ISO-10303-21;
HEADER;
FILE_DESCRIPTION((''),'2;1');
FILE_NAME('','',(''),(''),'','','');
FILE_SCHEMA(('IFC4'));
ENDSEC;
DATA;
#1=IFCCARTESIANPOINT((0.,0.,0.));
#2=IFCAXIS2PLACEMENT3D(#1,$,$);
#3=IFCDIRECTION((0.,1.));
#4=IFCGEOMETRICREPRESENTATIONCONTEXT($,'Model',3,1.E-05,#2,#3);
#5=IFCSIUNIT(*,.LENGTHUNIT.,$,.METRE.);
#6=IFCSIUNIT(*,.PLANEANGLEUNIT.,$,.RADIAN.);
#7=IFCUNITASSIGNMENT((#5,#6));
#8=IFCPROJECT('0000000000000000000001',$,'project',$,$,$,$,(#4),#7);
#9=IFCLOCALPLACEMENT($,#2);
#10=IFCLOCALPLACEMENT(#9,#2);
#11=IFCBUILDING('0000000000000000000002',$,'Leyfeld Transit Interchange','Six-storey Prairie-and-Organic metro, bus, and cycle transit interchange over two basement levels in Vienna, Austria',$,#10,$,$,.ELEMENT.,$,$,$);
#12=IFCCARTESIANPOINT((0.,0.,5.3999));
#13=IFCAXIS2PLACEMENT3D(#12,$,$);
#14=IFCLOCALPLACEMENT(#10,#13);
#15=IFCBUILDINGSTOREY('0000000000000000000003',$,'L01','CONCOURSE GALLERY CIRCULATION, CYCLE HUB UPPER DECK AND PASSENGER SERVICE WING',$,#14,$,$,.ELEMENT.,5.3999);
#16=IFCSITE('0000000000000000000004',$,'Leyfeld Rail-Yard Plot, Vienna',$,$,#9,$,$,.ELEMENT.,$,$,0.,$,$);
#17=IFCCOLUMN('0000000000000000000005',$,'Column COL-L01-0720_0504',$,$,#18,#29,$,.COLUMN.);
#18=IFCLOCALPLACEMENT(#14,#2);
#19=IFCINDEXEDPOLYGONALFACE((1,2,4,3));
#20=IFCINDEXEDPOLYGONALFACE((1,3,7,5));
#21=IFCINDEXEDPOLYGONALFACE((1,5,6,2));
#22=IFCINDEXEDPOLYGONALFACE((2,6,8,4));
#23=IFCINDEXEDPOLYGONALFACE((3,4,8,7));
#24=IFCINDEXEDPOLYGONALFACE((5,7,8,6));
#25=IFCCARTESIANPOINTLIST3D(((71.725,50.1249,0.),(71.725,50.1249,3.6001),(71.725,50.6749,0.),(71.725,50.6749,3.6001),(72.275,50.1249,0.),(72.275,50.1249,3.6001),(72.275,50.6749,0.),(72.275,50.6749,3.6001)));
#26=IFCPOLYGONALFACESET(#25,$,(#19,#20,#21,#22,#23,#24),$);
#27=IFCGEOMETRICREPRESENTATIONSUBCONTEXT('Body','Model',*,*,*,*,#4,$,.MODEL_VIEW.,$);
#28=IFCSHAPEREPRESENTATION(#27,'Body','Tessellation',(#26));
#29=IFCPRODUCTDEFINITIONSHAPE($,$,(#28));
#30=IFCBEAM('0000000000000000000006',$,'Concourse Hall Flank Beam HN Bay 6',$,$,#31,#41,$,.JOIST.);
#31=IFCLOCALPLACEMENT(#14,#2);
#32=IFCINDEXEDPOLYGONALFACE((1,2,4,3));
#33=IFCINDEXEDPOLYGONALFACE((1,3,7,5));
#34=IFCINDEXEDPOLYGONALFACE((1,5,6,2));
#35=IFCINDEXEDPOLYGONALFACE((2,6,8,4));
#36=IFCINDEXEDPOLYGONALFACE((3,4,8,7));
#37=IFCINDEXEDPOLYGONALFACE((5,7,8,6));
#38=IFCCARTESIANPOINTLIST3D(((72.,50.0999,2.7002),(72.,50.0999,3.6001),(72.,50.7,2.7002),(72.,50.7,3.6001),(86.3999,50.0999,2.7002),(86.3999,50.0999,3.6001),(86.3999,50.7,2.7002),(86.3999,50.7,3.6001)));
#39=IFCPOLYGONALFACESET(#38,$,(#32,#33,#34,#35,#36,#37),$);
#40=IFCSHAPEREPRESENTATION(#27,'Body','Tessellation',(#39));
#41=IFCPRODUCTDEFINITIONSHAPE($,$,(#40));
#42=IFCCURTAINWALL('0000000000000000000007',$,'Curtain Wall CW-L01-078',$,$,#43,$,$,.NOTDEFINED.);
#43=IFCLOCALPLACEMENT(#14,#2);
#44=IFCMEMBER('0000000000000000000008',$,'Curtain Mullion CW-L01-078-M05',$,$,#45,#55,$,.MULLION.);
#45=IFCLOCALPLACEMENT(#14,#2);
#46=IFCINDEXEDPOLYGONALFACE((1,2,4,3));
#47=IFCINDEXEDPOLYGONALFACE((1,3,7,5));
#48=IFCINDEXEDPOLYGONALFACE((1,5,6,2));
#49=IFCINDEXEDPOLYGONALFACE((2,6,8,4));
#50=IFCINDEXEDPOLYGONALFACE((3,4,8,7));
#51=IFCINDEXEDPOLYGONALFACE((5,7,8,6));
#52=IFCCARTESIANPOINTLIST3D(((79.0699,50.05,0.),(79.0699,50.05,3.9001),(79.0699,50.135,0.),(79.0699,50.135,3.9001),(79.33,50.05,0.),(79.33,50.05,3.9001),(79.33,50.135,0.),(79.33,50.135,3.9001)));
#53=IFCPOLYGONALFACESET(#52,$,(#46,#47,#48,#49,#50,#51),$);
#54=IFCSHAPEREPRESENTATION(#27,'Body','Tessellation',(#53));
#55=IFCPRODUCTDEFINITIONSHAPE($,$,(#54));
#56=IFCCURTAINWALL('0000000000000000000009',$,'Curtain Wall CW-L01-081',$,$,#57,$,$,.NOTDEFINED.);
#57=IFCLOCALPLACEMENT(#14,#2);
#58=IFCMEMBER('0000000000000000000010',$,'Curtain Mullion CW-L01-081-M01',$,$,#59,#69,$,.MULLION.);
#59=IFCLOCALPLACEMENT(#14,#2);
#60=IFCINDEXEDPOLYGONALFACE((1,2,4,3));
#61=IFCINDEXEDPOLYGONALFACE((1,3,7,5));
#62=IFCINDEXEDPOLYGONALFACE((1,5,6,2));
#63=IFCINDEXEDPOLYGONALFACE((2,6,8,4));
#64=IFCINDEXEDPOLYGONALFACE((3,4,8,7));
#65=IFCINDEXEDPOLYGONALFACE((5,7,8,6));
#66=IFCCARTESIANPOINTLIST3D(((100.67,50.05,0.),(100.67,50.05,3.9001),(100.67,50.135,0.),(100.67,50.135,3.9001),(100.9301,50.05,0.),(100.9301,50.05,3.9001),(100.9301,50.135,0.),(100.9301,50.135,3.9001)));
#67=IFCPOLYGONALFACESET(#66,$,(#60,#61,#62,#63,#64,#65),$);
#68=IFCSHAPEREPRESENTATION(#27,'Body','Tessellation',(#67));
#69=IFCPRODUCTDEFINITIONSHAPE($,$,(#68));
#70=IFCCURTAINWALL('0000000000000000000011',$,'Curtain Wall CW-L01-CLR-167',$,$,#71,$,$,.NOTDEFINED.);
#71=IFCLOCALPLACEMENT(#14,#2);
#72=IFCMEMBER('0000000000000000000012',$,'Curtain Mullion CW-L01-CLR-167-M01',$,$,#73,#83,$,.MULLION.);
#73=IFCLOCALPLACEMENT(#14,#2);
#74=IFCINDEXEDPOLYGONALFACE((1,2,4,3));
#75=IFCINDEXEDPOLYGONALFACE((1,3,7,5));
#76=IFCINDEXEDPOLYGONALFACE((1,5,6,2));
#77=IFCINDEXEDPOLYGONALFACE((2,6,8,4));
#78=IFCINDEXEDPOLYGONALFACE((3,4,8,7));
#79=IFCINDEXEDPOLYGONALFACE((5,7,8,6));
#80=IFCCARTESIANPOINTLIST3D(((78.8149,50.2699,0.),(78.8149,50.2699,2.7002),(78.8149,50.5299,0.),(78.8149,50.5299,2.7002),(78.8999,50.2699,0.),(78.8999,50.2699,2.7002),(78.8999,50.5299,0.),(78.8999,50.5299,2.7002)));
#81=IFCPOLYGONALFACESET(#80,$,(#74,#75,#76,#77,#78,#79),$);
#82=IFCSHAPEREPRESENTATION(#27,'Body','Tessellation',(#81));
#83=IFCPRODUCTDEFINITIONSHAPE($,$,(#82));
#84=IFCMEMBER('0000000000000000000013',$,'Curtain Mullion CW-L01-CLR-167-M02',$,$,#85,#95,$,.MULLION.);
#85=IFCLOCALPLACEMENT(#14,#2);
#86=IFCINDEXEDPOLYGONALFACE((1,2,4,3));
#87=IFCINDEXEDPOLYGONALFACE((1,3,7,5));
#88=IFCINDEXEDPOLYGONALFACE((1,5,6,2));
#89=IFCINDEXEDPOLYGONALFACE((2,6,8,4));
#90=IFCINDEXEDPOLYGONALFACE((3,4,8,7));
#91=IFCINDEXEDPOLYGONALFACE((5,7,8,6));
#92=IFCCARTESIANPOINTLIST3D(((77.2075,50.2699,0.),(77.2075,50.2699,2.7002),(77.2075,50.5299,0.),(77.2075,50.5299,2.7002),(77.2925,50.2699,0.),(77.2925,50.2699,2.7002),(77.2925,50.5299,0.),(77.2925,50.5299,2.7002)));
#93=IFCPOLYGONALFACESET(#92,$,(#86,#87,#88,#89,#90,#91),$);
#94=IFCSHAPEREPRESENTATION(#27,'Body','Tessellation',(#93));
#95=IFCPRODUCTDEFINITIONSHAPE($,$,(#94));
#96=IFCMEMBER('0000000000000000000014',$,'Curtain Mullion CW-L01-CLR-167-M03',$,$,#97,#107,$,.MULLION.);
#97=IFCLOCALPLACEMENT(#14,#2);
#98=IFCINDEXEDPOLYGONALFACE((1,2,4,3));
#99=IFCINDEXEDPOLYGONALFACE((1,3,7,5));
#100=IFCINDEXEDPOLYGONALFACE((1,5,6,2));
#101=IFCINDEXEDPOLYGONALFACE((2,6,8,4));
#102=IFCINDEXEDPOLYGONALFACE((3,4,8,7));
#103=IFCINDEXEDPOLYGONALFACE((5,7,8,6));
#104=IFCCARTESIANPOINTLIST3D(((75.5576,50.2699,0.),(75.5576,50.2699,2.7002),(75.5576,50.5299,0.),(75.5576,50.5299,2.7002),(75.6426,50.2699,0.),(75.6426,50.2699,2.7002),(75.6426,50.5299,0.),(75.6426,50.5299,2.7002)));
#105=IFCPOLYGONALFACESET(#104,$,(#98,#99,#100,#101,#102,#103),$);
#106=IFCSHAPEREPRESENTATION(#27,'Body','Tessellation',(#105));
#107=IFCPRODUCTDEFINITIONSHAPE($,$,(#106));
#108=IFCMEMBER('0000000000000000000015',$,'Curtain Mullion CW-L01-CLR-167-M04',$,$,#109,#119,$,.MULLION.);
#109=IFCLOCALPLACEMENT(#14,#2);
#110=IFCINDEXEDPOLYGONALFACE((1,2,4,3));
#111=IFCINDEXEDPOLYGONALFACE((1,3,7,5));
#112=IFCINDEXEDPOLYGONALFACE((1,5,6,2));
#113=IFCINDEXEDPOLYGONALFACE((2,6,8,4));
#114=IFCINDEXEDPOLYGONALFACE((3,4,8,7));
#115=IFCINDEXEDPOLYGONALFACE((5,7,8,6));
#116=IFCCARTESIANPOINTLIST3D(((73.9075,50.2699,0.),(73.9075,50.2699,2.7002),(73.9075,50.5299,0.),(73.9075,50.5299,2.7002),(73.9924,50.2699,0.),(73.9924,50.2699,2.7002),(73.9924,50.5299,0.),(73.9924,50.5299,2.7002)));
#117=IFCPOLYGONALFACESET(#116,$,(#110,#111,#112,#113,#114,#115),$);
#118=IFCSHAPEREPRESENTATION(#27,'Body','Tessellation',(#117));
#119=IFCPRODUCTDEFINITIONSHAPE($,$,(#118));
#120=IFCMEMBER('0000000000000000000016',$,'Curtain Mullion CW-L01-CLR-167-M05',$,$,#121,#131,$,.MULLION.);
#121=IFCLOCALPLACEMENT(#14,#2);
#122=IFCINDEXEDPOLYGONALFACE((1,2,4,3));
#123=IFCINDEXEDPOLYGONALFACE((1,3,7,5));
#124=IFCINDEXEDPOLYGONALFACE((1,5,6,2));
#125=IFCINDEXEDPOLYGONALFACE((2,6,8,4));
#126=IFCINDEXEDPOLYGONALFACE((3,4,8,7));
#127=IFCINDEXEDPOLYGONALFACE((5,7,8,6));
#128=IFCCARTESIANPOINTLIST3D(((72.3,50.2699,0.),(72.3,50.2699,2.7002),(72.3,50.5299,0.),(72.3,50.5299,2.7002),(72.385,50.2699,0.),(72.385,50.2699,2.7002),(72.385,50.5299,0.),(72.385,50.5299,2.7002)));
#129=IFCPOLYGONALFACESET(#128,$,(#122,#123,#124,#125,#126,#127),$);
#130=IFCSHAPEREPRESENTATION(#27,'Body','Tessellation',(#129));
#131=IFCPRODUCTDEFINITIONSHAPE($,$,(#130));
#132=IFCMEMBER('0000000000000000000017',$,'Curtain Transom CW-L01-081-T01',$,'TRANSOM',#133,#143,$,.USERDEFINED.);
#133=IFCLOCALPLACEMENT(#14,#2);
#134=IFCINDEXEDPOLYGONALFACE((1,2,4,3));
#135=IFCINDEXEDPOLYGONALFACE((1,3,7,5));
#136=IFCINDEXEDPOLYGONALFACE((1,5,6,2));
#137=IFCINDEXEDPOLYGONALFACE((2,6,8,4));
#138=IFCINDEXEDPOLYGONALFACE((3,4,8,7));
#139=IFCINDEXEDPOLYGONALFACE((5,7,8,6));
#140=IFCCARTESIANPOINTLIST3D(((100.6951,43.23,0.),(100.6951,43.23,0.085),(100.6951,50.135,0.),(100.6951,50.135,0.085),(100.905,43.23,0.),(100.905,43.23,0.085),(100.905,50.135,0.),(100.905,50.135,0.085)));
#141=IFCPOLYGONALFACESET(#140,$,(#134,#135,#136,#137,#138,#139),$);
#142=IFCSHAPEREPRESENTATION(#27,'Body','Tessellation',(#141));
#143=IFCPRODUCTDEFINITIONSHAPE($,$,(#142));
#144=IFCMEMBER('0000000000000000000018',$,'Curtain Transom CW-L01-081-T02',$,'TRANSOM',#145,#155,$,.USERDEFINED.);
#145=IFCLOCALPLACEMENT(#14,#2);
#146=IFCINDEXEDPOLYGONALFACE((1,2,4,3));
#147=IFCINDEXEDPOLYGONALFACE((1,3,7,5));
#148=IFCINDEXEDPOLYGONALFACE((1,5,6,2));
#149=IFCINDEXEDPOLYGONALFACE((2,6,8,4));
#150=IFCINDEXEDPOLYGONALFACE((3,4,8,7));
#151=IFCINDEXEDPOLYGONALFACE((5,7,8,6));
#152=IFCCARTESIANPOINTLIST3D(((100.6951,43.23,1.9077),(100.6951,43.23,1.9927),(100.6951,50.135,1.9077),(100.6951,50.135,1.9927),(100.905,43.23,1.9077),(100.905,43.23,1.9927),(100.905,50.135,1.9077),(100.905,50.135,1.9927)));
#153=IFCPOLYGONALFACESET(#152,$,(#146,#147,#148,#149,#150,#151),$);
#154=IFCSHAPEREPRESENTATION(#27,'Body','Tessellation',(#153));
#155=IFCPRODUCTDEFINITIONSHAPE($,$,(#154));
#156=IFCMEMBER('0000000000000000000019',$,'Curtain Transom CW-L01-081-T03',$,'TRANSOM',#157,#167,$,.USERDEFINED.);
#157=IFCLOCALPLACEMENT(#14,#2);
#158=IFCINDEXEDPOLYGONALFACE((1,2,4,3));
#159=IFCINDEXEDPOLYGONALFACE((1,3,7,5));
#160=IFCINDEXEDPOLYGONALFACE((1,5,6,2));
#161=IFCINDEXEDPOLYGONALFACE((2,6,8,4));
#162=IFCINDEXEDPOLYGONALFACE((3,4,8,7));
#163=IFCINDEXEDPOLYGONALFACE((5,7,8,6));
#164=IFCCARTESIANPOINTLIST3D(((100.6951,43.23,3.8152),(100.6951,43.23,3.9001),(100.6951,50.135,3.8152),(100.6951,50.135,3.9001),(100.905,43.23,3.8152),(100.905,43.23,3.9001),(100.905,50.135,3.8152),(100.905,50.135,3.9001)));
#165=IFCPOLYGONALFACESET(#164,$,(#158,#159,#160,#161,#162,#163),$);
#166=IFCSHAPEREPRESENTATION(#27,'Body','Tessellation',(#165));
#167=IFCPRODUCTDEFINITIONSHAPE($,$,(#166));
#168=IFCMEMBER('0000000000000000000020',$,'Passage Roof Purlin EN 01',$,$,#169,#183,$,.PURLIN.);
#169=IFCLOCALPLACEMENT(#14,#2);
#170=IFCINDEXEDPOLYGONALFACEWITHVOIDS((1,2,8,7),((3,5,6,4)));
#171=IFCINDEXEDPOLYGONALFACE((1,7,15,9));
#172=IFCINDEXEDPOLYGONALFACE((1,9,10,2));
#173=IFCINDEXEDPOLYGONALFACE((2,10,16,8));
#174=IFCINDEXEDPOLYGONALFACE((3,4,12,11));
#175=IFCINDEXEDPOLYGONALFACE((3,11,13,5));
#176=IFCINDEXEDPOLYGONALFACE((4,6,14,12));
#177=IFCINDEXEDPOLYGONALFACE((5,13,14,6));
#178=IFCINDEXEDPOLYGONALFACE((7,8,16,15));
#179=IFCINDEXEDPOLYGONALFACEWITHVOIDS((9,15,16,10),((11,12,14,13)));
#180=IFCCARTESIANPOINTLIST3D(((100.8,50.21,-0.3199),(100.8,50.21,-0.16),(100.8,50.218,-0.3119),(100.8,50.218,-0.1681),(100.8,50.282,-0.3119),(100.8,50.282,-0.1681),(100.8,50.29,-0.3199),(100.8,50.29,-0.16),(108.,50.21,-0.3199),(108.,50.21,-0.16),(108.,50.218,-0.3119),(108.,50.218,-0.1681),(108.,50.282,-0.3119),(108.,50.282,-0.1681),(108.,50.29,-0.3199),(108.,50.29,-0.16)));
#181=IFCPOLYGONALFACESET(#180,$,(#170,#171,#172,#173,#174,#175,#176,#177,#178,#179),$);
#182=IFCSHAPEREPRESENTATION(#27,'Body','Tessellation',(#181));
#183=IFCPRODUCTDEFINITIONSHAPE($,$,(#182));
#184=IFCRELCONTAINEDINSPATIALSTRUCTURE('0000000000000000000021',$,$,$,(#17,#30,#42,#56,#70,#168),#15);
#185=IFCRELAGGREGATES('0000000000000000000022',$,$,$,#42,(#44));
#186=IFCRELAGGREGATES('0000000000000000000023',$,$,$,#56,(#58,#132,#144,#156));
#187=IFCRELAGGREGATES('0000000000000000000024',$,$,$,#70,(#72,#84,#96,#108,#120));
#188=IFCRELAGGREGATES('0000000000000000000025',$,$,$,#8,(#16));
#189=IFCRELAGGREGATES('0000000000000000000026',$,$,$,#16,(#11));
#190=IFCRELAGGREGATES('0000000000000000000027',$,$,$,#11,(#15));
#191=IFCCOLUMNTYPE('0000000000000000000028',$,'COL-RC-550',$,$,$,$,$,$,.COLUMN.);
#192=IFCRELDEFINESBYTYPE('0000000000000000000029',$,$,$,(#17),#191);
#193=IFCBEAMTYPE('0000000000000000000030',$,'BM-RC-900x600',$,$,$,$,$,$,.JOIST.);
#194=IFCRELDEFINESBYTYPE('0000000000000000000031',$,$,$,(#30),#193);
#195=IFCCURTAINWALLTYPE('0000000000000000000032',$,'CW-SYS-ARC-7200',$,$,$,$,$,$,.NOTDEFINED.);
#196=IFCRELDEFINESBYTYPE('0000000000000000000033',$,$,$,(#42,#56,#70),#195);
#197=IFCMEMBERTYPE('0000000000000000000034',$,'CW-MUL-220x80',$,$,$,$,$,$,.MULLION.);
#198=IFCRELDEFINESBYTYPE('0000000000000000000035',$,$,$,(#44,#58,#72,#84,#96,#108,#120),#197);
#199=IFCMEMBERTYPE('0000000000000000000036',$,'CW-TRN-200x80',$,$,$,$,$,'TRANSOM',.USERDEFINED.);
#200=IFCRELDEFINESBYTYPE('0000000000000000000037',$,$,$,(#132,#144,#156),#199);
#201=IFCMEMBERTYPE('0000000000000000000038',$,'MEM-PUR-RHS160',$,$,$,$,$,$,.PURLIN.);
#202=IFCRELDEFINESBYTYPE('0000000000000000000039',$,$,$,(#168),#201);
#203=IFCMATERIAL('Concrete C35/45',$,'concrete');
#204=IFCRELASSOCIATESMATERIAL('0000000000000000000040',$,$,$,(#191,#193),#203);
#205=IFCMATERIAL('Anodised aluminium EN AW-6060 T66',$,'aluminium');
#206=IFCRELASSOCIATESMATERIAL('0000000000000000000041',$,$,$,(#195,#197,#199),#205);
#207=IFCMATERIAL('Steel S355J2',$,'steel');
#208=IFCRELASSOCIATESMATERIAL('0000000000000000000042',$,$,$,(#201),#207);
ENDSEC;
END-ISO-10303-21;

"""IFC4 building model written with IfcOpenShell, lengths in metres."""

from ifc_helpers import new_model, si_unit, direction, frame, origin, origin_2d, place, context, subcontext, project, spatial, rectangle, hollow_rectangle, extrude, material, material_profile, profile_set, type_object, element, aggregate, save


model = new_model("IFC4")

# Units and contexts
model_context = context("Model", 3, precision=1e-05, world=origin(), true_north=direction((0.0, 1.0)))
body_context = subcontext(model_context, "Body", "Model", "MODEL_VIEW")
ifc_project = project(units=[si_unit("LENGTHUNIT", "METRE"), si_unit("PLANEANGLEUNIT", "RADIAN")], contexts=[model_context])

# Site, building, storey
site_placement = place(None, origin())
site = spatial("IfcSite", under=ifc_project, at=site_placement, Name="Leyfeld Rail-Yard Plot, Vienna", CompositionType="ELEMENT", RefElevation=0.0)
building_placement = place(site_placement, origin())
building = spatial("IfcBuilding", under=site, at=building_placement, Name="Leyfeld Transit Interchange", Description="Six-storey Prairie-and-Organic metro, bus, and cycle transit interchange over two basement levels in Vienna, Austria", CompositionType="ELEMENT")
storey_placement = place(building_placement, frame((0.0, 0.0, 5.3999)))
storey = spatial("IfcBuildingStorey", under=building, at=storey_placement, Name="L01", Description="CONCOURSE GALLERY CIRCULATION, CYCLE HUB UPPER DECK AND PASSENGER SERVICE WING", CompositionType="ELEMENT", Elevation=5.3999)

# Column
ifc_material_1 = material(Name="Concrete C35/45", Category="concrete")
ifc_material_profile_1 = material_profile(ifc_material_1, rectangle(XDim=0.55, YDim=0.55, at=origin_2d()), Name="RC 550x550")
ifc_profile_set_1 = profile_set([ifc_material_profile_1], Name="Concrete C35/45")
column_type = type_object("IfcColumnType", Name="COL-RC-550", PredefinedType="COLUMN", material=ifc_profile_set_1)
column_placement = place(storey_placement, frame((72.0, 50.3999, 0.0), z_axis=(0.0, 0.0, 1.0), x_axis=(1.0, 0.0, 0.0)))
element("IfcColumn", 1, at=column_placement, inside=storey, type_object=column_type, Name="Column COL-L01-0720_0504", PredefinedType="COLUMN", context=body_context, shape_type="SweptSolid", body=[
    extrude(rectangle(XDim=0.55, YDim=0.55, at=origin_2d()), origin(), (0.0, 0.0, 1.0), 3.6001),
])

# Beam
ifc_material_profile_2 = material_profile(ifc_material_1, rectangle(XDim=0.6001, YDim=0.8999, at=origin_2d()), Name="RC 900x600")
ifc_profile_set_2 = profile_set([ifc_material_profile_2], Name="Concrete C35/45")
beam_type = type_object("IfcBeamType", Name="BM-RC-900x600", PredefinedType="JOIST", material=ifc_profile_set_2)
beam_placement = place(storey_placement, frame((72.0, 50.3999, 3.1501), z_axis=(1.0, 0.0, 0.0), x_axis=(0.0, 1.0, 0.0)))
element("IfcBeam", 2, at=beam_placement, inside=storey, type_object=beam_type, Name="Concourse Hall Flank Beam HN Bay 6", PredefinedType="JOIST", context=body_context, shape_type="SweptSolid", body=[
    extrude(rectangle(XDim=0.6001, YDim=0.8999, at=origin_2d()), origin(), (0.0, 0.0, 1.0), 14.3999),
])

# Curtain walls, members
ifc_material_2 = material(Name="Anodised aluminium EN AW-6060 T66", Category="aluminium")
curtain_wall_type = type_object("IfcCurtainWallType", Name="CW-SYS-ARC-7200", PredefinedType="NOTDEFINED", material=ifc_material_2)
curtain_wall_1_placement = place(storey_placement, origin())
curtain_wall_1 = element("IfcCurtainWall", 3, at=curtain_wall_1_placement, inside=storey, type_object=curtain_wall_type, Name="Curtain Wall CW-L01-078", PredefinedType="NOTDEFINED")
ifc_material_profile_3 = material_profile(ifc_material_2, rectangle(XDim=0.085, YDim=0.26, at=origin_2d()), Name="CW-M 85x260")
ifc_profile_set_3 = profile_set([ifc_material_profile_3], Name="Anodised aluminium EN AW-6060 T66")
member_type_1 = type_object("IfcMemberType", Name="CW-MUL-220x80", PredefinedType="MULLION", material=ifc_profile_set_3)
member_1_placement = place(storey_placement, frame((79.2, 50.0925, 0.0), z_axis=(0.0, 0.0, 1.0), x_axis=(0.0, 1.0, 0.0)))
member_1 = element("IfcMember", 4, at=member_1_placement, type_object=member_type_1, Name="Curtain Mullion CW-L01-078-M05", PredefinedType="MULLION", context=body_context, shape_type="SweptSolid", body=[
    extrude(rectangle(XDim=0.085, YDim=0.26, at=origin_2d()), origin(), (0.0, 0.0, 1.0), 3.9001),
])
aggregate(curtain_wall_1, [member_1])
curtain_wall_2_placement = place(storey_placement, origin())
curtain_wall_2 = element("IfcCurtainWall", 5, at=curtain_wall_2_placement, inside=storey, type_object=curtain_wall_type, Name="Curtain Wall CW-L01-081", PredefinedType="NOTDEFINED")
member_2_placement = place(storey_placement, frame((100.8, 50.0925, 0.0), z_axis=(0.0, 0.0, 1.0), x_axis=(0.0, -1.0, 0.0)))
member_2 = element("IfcMember", 6, at=member_2_placement, type_object=member_type_1, Name="Curtain Mullion CW-L01-081-M01", PredefinedType="MULLION", context=body_context, shape_type="SweptSolid", body=[
    extrude(rectangle(XDim=0.085, YDim=0.26, at=origin_2d()), origin(), (0.0, 0.0, 1.0), 3.9001),
])

# Curtain wall, members
curtain_wall_3_placement = place(storey_placement, origin())
curtain_wall_3 = element("IfcCurtainWall", 7, at=curtain_wall_3_placement, inside=storey, type_object=curtain_wall_type, Name="Curtain Wall CW-L01-CLR-167", PredefinedType="NOTDEFINED")
member_3_placement = place(storey_placement, frame((78.8574, 50.3999, 0.0), z_axis=(0.0, 0.0, 1.0), x_axis=(-1.0, 0.0, 0.0)))
member_3 = element("IfcMember", 8, at=member_3_placement, type_object=member_type_1, Name="Curtain Mullion CW-L01-CLR-167-M01", PredefinedType="MULLION", context=body_context, shape_type="SweptSolid", body=[
    extrude(rectangle(XDim=0.085, YDim=0.26, at=origin_2d()), origin(), (0.0, 0.0, 1.0), 2.7002),
])
member_4_placement = place(storey_placement, frame((77.25, 50.3999, 0.0), z_axis=(0.0, 0.0, 1.0), x_axis=(-1.0, 0.0, 0.0)))
member_4 = element("IfcMember", 9, at=member_4_placement, type_object=member_type_1, Name="Curtain Mullion CW-L01-CLR-167-M02", PredefinedType="MULLION", context=body_context, shape_type="SweptSolid", body=[
    extrude(rectangle(XDim=0.085, YDim=0.26, at=origin_2d()), origin(), (0.0, 0.0, 1.0), 2.7002),
])
member_5_placement = place(storey_placement, frame((75.6001, 50.3999, 0.0), z_axis=(0.0, 0.0, 1.0), x_axis=(-1.0, 0.0, 0.0)))
member_5 = element("IfcMember", 10, at=member_5_placement, type_object=member_type_1, Name="Curtain Mullion CW-L01-CLR-167-M03", PredefinedType="MULLION", context=body_context, shape_type="SweptSolid", body=[
    extrude(rectangle(XDim=0.085, YDim=0.26, at=origin_2d()), origin(), (0.0, 0.0, 1.0), 2.7002),
])
member_6_placement = place(storey_placement, frame((73.95, 50.3999, 0.0), z_axis=(0.0, 0.0, 1.0), x_axis=(-1.0, 0.0, 0.0)))
member_6 = element("IfcMember", 11, at=member_6_placement, type_object=member_type_1, Name="Curtain Mullion CW-L01-CLR-167-M04", PredefinedType="MULLION", context=body_context, shape_type="SweptSolid", body=[
    extrude(rectangle(XDim=0.085, YDim=0.26, at=origin_2d()), origin(), (0.0, 0.0, 1.0), 2.7002),
])
member_7_placement = place(storey_placement, frame((72.3425, 50.3999, 0.0), z_axis=(0.0, 0.0, 1.0), x_axis=(-1.0, 0.0, 0.0)))
member_7 = element("IfcMember", 12, at=member_7_placement, type_object=member_type_1, Name="Curtain Mullion CW-L01-CLR-167-M05", PredefinedType="MULLION", context=body_context, shape_type="SweptSolid", body=[
    extrude(rectangle(XDim=0.085, YDim=0.26, at=origin_2d()), origin(), (0.0, 0.0, 1.0), 2.7002),
])

# Members
ifc_material_profile_4 = material_profile(ifc_material_2, rectangle(XDim=0.21, YDim=0.085, at=origin_2d()), Name="CW-TRN-200x80")
ifc_profile_set_4 = profile_set([ifc_material_profile_4], Name="Anodised aluminium EN AW-6060 T66")
member_type_2 = type_object("IfcMemberType", Name="CW-TRN-200x80", ElementType="TRANSOM", PredefinedType="USERDEFINED", material=ifc_profile_set_4)
member_8_placement = place(storey_placement, frame((100.8, 50.135, 0.0425), z_axis=(0.0, -1.0, 0.0), x_axis=(1.0, 0.0, 0.0)))
member_8 = element("IfcMember", 13, at=member_8_placement, type_object=member_type_2, Name="Curtain Transom CW-L01-081-T01", ObjectType="TRANSOM", PredefinedType="USERDEFINED", context=body_context, shape_type="SweptSolid", body=[
    extrude(rectangle(XDim=0.21, YDim=0.085, at=origin_2d()), origin(), (0.0, 0.0, 1.0), 6.905),
])
member_9_placement = place(storey_placement, frame((100.8, 50.135, 1.9502), z_axis=(0.0, -1.0, 0.0), x_axis=(1.0, 0.0, 0.0)))
member_9 = element("IfcMember", 14, at=member_9_placement, type_object=member_type_2, Name="Curtain Transom CW-L01-081-T02", ObjectType="TRANSOM", PredefinedType="USERDEFINED", context=body_context, shape_type="SweptSolid", body=[
    extrude(rectangle(XDim=0.21, YDim=0.085, at=origin_2d()), origin(), (0.0, 0.0, 1.0), 6.905),
])
member_10_placement = place(storey_placement, frame((100.8, 50.135, 3.8577), z_axis=(0.0, -1.0, 0.0), x_axis=(1.0, 0.0, 0.0)))
member_10 = element("IfcMember", 15, at=member_10_placement, type_object=member_type_2, Name="Curtain Transom CW-L01-081-T03", ObjectType="TRANSOM", PredefinedType="USERDEFINED", context=body_context, shape_type="SweptSolid", body=[
    extrude(rectangle(XDim=0.21, YDim=0.085, at=origin_2d()), origin(), (0.0, 0.0, 1.0), 6.905),
])
aggregate(curtain_wall_2, [member_2, member_8, member_9, member_10])
ifc_material_3 = material(Name="Steel S355J2", Category="steel")
ifc_material_profile_5 = material_profile(ifc_material_3, hollow_rectangle(XDim=0.0801, YDim=0.1599, WallThickness=0.0081, at=origin_2d()), Name="RHS 160x80x8")
ifc_profile_set_5 = profile_set([ifc_material_profile_5], Name="Steel S355J2")
member_type_3 = type_object("IfcMemberType", Name="MEM-PUR-RHS160", PredefinedType="PURLIN", material=ifc_profile_set_5)
member_11_placement = place(storey_placement, frame((100.8, 50.25, -0.24), z_axis=(1.0, 0.0, 0.0), x_axis=(0.0, 1.0, 0.0)))
element("IfcMember", 16, at=member_11_placement, inside=storey, type_object=member_type_3, Name="Passage Roof Purlin EN 01", PredefinedType="PURLIN", context=body_context, shape_type="SweptSolid", body=[
    extrude(hollow_rectangle(XDim=0.0801, YDim=0.1599, WallThickness=0.0081, at=origin_2d()), origin(), (0.0, 0.0, 1.0), 7.2),
])

aggregate(curtain_wall_3, [member_3, member_4, member_5, member_6, member_7])

save(model, "model.ifc")
